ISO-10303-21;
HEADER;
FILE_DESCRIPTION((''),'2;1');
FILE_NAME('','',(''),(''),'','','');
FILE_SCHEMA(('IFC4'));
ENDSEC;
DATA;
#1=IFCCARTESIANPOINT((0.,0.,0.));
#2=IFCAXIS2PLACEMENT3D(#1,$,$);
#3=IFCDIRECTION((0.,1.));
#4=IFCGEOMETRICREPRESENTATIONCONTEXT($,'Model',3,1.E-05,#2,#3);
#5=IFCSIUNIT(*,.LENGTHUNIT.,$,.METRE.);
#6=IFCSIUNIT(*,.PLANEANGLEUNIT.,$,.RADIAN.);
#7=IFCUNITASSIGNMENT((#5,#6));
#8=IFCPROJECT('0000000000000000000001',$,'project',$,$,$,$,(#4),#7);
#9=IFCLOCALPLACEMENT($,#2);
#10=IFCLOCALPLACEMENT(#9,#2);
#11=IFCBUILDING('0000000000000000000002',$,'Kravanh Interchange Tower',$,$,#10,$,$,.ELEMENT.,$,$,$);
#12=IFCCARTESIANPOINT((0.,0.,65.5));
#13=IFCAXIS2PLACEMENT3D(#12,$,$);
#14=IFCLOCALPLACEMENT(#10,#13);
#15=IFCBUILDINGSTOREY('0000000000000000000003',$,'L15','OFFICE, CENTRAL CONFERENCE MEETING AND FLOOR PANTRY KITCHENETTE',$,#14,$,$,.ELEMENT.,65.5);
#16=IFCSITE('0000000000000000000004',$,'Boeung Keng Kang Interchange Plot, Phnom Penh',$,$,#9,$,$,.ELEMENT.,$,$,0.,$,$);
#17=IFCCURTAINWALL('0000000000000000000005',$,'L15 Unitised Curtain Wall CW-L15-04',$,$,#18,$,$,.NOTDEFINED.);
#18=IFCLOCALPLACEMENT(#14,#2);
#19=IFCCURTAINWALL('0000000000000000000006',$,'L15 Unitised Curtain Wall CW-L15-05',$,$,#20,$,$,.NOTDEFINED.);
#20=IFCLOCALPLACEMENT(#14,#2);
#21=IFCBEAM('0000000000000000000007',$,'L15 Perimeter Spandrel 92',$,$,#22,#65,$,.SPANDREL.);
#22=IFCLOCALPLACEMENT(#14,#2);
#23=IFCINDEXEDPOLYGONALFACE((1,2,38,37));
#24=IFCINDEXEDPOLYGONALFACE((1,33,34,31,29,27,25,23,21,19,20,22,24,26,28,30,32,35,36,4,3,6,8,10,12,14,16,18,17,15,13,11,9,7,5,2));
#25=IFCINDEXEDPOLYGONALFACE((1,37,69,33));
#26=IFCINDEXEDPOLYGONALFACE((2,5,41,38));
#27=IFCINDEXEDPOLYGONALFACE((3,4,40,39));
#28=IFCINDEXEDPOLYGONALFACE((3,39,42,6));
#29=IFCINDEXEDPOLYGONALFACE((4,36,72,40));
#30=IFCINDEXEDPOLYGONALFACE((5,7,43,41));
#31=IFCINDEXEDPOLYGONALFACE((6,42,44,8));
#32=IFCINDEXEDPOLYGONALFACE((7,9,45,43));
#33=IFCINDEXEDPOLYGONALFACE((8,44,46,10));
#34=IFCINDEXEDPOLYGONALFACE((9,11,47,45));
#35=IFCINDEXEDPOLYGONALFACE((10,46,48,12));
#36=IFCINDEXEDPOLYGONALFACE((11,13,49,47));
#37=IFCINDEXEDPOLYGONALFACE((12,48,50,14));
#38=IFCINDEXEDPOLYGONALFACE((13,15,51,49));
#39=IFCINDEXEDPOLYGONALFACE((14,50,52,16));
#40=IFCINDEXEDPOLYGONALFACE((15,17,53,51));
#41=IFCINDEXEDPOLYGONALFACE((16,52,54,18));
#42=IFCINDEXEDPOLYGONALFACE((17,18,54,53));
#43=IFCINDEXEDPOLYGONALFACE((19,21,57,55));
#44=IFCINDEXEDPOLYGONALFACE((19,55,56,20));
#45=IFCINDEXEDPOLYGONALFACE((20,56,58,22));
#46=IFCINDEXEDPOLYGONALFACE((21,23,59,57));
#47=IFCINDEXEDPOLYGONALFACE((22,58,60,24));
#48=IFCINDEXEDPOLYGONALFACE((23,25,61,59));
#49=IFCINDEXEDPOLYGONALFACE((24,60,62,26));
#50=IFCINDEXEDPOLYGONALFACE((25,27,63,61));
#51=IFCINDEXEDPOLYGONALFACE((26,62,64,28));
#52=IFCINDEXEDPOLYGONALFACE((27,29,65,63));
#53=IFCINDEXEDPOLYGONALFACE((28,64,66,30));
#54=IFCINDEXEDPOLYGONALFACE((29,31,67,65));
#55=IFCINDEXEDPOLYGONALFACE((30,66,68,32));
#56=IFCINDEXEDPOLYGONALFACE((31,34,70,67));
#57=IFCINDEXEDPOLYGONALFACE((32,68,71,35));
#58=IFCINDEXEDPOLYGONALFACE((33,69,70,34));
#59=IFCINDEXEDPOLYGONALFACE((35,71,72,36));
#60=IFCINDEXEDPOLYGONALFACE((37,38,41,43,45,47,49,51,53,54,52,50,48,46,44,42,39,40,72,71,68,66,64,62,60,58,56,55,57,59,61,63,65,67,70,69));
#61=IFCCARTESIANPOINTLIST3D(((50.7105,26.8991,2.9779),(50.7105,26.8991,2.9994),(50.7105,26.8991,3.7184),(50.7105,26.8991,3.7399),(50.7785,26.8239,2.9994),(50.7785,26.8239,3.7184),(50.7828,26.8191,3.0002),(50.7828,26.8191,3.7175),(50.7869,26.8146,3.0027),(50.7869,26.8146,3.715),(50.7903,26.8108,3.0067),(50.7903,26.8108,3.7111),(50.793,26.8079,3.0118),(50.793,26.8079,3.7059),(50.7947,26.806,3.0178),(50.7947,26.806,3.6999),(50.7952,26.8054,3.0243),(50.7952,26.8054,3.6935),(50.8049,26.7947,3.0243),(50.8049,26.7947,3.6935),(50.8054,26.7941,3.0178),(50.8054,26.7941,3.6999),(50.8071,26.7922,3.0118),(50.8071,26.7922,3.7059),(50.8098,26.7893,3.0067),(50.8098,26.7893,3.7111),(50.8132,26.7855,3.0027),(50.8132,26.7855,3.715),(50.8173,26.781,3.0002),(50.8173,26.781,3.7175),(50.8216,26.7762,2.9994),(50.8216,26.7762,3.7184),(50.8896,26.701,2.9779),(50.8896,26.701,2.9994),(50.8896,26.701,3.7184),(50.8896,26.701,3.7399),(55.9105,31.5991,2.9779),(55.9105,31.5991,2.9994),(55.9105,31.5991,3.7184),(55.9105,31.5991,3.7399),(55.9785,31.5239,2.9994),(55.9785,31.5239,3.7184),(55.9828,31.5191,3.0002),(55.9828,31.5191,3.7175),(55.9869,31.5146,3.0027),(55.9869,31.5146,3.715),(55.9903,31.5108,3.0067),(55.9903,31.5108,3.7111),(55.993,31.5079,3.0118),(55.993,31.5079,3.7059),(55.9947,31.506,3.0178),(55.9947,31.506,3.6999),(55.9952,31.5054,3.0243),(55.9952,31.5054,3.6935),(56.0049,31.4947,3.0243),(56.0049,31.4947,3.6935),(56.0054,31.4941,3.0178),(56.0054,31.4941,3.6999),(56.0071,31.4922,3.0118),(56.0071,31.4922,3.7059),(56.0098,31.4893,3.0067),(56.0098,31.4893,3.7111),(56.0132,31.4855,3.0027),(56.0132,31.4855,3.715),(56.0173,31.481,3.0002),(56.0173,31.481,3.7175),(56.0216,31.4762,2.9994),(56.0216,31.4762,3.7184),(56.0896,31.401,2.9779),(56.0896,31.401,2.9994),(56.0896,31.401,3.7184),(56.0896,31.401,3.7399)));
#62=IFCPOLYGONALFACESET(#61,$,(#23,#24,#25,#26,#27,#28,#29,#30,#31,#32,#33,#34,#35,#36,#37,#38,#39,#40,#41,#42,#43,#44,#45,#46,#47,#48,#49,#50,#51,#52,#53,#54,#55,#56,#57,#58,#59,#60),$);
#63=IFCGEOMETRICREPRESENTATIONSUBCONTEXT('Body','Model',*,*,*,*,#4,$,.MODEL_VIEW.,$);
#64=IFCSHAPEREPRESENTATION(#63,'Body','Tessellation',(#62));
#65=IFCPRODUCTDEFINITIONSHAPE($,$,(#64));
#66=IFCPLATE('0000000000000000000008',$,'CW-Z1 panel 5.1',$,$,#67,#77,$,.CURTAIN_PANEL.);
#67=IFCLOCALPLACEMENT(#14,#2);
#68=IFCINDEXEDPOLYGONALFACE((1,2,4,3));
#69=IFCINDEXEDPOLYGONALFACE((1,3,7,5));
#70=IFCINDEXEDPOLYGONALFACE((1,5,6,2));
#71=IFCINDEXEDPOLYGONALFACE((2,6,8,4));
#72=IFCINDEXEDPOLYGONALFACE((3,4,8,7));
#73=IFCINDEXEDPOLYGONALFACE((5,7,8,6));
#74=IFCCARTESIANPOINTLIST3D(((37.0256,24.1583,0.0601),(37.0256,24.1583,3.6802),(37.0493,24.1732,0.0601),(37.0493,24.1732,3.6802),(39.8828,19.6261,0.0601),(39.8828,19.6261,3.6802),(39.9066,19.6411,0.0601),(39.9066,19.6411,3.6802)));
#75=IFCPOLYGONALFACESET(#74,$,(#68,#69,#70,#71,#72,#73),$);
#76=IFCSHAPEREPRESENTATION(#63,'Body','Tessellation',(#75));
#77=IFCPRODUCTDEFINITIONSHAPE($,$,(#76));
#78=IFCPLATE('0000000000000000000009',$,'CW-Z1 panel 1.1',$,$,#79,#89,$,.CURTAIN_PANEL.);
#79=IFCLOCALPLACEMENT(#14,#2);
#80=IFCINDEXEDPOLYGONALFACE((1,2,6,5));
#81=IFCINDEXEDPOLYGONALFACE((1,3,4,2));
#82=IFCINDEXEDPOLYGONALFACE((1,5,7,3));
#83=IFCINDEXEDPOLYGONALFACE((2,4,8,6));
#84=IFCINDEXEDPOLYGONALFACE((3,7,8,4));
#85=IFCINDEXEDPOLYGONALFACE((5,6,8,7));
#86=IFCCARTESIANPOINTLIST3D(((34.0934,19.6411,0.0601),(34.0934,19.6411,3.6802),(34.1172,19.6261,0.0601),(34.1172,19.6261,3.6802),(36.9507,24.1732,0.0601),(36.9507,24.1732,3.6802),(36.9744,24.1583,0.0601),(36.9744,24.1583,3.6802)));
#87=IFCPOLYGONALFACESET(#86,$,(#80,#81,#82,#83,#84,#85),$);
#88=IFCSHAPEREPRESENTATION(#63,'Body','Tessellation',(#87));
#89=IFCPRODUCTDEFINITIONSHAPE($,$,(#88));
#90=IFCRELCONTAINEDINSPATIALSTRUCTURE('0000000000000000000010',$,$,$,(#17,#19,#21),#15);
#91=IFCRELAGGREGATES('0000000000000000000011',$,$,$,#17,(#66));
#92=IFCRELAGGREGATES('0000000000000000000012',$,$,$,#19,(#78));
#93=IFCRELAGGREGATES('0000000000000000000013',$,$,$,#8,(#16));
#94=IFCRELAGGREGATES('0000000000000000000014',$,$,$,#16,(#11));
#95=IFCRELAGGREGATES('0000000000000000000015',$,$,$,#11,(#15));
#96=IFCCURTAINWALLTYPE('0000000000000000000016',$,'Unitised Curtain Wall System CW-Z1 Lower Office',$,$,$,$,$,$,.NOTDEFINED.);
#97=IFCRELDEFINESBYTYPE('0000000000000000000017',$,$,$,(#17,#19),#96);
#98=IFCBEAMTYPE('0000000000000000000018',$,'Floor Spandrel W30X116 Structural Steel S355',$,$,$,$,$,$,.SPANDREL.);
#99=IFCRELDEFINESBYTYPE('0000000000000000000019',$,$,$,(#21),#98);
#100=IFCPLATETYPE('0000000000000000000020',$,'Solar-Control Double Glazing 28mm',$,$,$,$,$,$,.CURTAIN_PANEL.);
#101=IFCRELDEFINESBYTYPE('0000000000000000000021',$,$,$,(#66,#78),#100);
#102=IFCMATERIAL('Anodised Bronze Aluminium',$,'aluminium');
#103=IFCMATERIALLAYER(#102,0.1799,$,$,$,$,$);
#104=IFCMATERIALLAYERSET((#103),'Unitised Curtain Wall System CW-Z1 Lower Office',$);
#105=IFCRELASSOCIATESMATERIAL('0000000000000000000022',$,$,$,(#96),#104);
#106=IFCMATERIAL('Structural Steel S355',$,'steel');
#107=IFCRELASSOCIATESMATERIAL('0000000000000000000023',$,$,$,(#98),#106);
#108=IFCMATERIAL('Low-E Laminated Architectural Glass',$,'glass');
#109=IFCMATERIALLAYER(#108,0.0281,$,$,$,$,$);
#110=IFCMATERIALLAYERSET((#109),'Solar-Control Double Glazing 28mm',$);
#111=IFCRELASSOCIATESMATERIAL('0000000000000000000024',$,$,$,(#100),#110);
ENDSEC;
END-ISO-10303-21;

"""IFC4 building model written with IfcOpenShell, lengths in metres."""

from ifc_helpers import new_model, si_unit, direction, frame, origin, origin_2d, place, context, subcontext, project, spatial, rectangle, i_section, extrude, material, layer, layer_set, material_profile, profile_set, type_object, element, aggregate, save


model = new_model("IFC4")

# Units and contexts
model_context = context("Model", 3, precision=1e-05, world=origin(), true_north=direction((0.0, 1.0)))
body_context = subcontext(model_context, "Body", "Model", "MODEL_VIEW")
ifc_project = project(units=[si_unit("LENGTHUNIT", "METRE"), si_unit("PLANEANGLEUNIT", "RADIAN")], contexts=[model_context])

# Site, building, storey
site_placement = place(None, origin())
site = spatial("IfcSite", under=ifc_project, at=site_placement, Name="Boeung Keng Kang Interchange Plot, Phnom Penh", CompositionType="ELEMENT", RefElevation=0.0)
building_placement = place(site_placement, origin())
building = spatial("IfcBuilding", under=site, at=building_placement, Name="Kravanh Interchange Tower", CompositionType="ELEMENT")
storey_placement = place(building_placement, frame((0.0, 0.0, 65.5)))
storey = spatial("IfcBuildingStorey", under=building, at=storey_placement, Name="L15", Description="OFFICE, CENTRAL CONFERENCE MEETING AND FLOOR PANTRY KITCHENETTE", CompositionType="ELEMENT", Elevation=65.5)

# Curtain walls
ifc_material_1 = material(Name="Anodised Bronze Aluminium", Category="aluminium")
ifc_layer_1 = layer(ifc_material_1, 0.1799)
ifc_layer_set_1 = layer_set([ifc_layer_1], Name="Unitised Curtain Wall System CW-Z1 Lower Office")
curtain_wall_type = type_object("IfcCurtainWallType", Name="Unitised Curtain Wall System CW-Z1 Lower Office", PredefinedType="NOTDEFINED", material=ifc_layer_set_1)
curtain_wall_1_placement = place(storey_placement, origin())
curtain_wall_1 = element("IfcCurtainWall", 1, at=curtain_wall_1_placement, inside=storey, type_object=curtain_wall_type, Name="L15 Unitised Curtain Wall CW-L15-04", PredefinedType="NOTDEFINED")
curtain_wall_2_placement = place(storey_placement, origin())
curtain_wall_2 = element("IfcCurtainWall", 2, at=curtain_wall_2_placement, inside=storey, type_object=curtain_wall_type, Name="L15 Unitised Curtain Wall CW-L15-05", PredefinedType="NOTDEFINED")

# Beam
ifc_material_2 = material(Name="Structural Steel S355", Category="steel")
ifc_material_profile_1 = material_profile(ifc_material_2, i_section(OverallWidth=0.2671, OverallDepth=0.762, WebThickness=0.0144, FlangeThickness=0.0215, FilletRadius=0.0249, at=origin_2d()), Name="W30X116")
ifc_profile_set_1 = profile_set([ifc_material_profile_1], Name="Structural Steel S355")
beam_type_1 = type_object("IfcBeamType", Name="Floor Spandrel W30X116 Structural Steel S355", PredefinedType="SPANDREL", material=ifc_profile_set_1)
beam_1_placement = place(storey_placement, frame((50.8, 26.8, 3.3589), z_axis=(0.741874, 0.670539, 0.0), x_axis=(-0.670539, 0.741874, 0.0)))
element("IfcBeam", 3, at=beam_1_placement, inside=storey, type_object=beam_type_1, Name="L15 Perimeter Spandrel 92", PredefinedType="SPANDREL", context=body_context, shape_type="SweptSolid", body=[
    extrude(i_section(OverallWidth=0.2671, OverallDepth=0.762, WebThickness=0.0144, FlangeThickness=0.0215, FilletRadius=0.0249, at=origin_2d()), origin(), (0.0, 0.0, 1.0), 7.0093),
])

# Plates
ifc_material_3 = material(Name="Low-E Laminated Architectural Glass", Category="glass")
ifc_layer_2 = layer(ifc_material_3, 0.0281)
ifc_layer_set_2 = layer_set([ifc_layer_2], Name="Solar-Control Double Glazing 28mm")
plate_type = type_object("IfcPlateType", Name="Solar-Control Double Glazing 28mm", PredefinedType="CURTAIN_PANEL", material=ifc_layer_set_2)
plate_1_placement = place(storey_placement, frame((38.4661, 21.8997, 0.0601), z_axis=(0.0, 0.0, 1.0), x_axis=(-0.533301, 0.845926, 0.0)))
plate_1 = element("IfcPlate", 4, at=plate_1_placement, type_object=plate_type, Name="CW-Z1 panel 5.1", PredefinedType="CURTAIN_PANEL", context=body_context, shape_type="SweptSolid", body=[
    extrude(rectangle(XDim=5.3577, YDim=0.0281, at=origin_2d()), origin(), (0.0, 0.0, 1.0), 3.6201),
])
aggregate(curtain_wall_1, [plate_1])
plate_2_placement = place(storey_placement, frame((35.5339, 21.8997, 0.0601), z_axis=(0.0, 0.0, 1.0), x_axis=(-0.533301, -0.845926, 0.0)))
plate_2 = element("IfcPlate", 5, at=plate_2_placement, type_object=plate_type, Name="CW-Z1 panel 1.1", PredefinedType="CURTAIN_PANEL", context=body_context, shape_type="SweptSolid", body=[
    extrude(rectangle(XDim=5.3577, YDim=0.0281, at=origin_2d()), origin(), (0.0, 0.0, 1.0), 3.6201),
])
aggregate(curtain_wall_2, [plate_2])

save(model, "model.ifc")
